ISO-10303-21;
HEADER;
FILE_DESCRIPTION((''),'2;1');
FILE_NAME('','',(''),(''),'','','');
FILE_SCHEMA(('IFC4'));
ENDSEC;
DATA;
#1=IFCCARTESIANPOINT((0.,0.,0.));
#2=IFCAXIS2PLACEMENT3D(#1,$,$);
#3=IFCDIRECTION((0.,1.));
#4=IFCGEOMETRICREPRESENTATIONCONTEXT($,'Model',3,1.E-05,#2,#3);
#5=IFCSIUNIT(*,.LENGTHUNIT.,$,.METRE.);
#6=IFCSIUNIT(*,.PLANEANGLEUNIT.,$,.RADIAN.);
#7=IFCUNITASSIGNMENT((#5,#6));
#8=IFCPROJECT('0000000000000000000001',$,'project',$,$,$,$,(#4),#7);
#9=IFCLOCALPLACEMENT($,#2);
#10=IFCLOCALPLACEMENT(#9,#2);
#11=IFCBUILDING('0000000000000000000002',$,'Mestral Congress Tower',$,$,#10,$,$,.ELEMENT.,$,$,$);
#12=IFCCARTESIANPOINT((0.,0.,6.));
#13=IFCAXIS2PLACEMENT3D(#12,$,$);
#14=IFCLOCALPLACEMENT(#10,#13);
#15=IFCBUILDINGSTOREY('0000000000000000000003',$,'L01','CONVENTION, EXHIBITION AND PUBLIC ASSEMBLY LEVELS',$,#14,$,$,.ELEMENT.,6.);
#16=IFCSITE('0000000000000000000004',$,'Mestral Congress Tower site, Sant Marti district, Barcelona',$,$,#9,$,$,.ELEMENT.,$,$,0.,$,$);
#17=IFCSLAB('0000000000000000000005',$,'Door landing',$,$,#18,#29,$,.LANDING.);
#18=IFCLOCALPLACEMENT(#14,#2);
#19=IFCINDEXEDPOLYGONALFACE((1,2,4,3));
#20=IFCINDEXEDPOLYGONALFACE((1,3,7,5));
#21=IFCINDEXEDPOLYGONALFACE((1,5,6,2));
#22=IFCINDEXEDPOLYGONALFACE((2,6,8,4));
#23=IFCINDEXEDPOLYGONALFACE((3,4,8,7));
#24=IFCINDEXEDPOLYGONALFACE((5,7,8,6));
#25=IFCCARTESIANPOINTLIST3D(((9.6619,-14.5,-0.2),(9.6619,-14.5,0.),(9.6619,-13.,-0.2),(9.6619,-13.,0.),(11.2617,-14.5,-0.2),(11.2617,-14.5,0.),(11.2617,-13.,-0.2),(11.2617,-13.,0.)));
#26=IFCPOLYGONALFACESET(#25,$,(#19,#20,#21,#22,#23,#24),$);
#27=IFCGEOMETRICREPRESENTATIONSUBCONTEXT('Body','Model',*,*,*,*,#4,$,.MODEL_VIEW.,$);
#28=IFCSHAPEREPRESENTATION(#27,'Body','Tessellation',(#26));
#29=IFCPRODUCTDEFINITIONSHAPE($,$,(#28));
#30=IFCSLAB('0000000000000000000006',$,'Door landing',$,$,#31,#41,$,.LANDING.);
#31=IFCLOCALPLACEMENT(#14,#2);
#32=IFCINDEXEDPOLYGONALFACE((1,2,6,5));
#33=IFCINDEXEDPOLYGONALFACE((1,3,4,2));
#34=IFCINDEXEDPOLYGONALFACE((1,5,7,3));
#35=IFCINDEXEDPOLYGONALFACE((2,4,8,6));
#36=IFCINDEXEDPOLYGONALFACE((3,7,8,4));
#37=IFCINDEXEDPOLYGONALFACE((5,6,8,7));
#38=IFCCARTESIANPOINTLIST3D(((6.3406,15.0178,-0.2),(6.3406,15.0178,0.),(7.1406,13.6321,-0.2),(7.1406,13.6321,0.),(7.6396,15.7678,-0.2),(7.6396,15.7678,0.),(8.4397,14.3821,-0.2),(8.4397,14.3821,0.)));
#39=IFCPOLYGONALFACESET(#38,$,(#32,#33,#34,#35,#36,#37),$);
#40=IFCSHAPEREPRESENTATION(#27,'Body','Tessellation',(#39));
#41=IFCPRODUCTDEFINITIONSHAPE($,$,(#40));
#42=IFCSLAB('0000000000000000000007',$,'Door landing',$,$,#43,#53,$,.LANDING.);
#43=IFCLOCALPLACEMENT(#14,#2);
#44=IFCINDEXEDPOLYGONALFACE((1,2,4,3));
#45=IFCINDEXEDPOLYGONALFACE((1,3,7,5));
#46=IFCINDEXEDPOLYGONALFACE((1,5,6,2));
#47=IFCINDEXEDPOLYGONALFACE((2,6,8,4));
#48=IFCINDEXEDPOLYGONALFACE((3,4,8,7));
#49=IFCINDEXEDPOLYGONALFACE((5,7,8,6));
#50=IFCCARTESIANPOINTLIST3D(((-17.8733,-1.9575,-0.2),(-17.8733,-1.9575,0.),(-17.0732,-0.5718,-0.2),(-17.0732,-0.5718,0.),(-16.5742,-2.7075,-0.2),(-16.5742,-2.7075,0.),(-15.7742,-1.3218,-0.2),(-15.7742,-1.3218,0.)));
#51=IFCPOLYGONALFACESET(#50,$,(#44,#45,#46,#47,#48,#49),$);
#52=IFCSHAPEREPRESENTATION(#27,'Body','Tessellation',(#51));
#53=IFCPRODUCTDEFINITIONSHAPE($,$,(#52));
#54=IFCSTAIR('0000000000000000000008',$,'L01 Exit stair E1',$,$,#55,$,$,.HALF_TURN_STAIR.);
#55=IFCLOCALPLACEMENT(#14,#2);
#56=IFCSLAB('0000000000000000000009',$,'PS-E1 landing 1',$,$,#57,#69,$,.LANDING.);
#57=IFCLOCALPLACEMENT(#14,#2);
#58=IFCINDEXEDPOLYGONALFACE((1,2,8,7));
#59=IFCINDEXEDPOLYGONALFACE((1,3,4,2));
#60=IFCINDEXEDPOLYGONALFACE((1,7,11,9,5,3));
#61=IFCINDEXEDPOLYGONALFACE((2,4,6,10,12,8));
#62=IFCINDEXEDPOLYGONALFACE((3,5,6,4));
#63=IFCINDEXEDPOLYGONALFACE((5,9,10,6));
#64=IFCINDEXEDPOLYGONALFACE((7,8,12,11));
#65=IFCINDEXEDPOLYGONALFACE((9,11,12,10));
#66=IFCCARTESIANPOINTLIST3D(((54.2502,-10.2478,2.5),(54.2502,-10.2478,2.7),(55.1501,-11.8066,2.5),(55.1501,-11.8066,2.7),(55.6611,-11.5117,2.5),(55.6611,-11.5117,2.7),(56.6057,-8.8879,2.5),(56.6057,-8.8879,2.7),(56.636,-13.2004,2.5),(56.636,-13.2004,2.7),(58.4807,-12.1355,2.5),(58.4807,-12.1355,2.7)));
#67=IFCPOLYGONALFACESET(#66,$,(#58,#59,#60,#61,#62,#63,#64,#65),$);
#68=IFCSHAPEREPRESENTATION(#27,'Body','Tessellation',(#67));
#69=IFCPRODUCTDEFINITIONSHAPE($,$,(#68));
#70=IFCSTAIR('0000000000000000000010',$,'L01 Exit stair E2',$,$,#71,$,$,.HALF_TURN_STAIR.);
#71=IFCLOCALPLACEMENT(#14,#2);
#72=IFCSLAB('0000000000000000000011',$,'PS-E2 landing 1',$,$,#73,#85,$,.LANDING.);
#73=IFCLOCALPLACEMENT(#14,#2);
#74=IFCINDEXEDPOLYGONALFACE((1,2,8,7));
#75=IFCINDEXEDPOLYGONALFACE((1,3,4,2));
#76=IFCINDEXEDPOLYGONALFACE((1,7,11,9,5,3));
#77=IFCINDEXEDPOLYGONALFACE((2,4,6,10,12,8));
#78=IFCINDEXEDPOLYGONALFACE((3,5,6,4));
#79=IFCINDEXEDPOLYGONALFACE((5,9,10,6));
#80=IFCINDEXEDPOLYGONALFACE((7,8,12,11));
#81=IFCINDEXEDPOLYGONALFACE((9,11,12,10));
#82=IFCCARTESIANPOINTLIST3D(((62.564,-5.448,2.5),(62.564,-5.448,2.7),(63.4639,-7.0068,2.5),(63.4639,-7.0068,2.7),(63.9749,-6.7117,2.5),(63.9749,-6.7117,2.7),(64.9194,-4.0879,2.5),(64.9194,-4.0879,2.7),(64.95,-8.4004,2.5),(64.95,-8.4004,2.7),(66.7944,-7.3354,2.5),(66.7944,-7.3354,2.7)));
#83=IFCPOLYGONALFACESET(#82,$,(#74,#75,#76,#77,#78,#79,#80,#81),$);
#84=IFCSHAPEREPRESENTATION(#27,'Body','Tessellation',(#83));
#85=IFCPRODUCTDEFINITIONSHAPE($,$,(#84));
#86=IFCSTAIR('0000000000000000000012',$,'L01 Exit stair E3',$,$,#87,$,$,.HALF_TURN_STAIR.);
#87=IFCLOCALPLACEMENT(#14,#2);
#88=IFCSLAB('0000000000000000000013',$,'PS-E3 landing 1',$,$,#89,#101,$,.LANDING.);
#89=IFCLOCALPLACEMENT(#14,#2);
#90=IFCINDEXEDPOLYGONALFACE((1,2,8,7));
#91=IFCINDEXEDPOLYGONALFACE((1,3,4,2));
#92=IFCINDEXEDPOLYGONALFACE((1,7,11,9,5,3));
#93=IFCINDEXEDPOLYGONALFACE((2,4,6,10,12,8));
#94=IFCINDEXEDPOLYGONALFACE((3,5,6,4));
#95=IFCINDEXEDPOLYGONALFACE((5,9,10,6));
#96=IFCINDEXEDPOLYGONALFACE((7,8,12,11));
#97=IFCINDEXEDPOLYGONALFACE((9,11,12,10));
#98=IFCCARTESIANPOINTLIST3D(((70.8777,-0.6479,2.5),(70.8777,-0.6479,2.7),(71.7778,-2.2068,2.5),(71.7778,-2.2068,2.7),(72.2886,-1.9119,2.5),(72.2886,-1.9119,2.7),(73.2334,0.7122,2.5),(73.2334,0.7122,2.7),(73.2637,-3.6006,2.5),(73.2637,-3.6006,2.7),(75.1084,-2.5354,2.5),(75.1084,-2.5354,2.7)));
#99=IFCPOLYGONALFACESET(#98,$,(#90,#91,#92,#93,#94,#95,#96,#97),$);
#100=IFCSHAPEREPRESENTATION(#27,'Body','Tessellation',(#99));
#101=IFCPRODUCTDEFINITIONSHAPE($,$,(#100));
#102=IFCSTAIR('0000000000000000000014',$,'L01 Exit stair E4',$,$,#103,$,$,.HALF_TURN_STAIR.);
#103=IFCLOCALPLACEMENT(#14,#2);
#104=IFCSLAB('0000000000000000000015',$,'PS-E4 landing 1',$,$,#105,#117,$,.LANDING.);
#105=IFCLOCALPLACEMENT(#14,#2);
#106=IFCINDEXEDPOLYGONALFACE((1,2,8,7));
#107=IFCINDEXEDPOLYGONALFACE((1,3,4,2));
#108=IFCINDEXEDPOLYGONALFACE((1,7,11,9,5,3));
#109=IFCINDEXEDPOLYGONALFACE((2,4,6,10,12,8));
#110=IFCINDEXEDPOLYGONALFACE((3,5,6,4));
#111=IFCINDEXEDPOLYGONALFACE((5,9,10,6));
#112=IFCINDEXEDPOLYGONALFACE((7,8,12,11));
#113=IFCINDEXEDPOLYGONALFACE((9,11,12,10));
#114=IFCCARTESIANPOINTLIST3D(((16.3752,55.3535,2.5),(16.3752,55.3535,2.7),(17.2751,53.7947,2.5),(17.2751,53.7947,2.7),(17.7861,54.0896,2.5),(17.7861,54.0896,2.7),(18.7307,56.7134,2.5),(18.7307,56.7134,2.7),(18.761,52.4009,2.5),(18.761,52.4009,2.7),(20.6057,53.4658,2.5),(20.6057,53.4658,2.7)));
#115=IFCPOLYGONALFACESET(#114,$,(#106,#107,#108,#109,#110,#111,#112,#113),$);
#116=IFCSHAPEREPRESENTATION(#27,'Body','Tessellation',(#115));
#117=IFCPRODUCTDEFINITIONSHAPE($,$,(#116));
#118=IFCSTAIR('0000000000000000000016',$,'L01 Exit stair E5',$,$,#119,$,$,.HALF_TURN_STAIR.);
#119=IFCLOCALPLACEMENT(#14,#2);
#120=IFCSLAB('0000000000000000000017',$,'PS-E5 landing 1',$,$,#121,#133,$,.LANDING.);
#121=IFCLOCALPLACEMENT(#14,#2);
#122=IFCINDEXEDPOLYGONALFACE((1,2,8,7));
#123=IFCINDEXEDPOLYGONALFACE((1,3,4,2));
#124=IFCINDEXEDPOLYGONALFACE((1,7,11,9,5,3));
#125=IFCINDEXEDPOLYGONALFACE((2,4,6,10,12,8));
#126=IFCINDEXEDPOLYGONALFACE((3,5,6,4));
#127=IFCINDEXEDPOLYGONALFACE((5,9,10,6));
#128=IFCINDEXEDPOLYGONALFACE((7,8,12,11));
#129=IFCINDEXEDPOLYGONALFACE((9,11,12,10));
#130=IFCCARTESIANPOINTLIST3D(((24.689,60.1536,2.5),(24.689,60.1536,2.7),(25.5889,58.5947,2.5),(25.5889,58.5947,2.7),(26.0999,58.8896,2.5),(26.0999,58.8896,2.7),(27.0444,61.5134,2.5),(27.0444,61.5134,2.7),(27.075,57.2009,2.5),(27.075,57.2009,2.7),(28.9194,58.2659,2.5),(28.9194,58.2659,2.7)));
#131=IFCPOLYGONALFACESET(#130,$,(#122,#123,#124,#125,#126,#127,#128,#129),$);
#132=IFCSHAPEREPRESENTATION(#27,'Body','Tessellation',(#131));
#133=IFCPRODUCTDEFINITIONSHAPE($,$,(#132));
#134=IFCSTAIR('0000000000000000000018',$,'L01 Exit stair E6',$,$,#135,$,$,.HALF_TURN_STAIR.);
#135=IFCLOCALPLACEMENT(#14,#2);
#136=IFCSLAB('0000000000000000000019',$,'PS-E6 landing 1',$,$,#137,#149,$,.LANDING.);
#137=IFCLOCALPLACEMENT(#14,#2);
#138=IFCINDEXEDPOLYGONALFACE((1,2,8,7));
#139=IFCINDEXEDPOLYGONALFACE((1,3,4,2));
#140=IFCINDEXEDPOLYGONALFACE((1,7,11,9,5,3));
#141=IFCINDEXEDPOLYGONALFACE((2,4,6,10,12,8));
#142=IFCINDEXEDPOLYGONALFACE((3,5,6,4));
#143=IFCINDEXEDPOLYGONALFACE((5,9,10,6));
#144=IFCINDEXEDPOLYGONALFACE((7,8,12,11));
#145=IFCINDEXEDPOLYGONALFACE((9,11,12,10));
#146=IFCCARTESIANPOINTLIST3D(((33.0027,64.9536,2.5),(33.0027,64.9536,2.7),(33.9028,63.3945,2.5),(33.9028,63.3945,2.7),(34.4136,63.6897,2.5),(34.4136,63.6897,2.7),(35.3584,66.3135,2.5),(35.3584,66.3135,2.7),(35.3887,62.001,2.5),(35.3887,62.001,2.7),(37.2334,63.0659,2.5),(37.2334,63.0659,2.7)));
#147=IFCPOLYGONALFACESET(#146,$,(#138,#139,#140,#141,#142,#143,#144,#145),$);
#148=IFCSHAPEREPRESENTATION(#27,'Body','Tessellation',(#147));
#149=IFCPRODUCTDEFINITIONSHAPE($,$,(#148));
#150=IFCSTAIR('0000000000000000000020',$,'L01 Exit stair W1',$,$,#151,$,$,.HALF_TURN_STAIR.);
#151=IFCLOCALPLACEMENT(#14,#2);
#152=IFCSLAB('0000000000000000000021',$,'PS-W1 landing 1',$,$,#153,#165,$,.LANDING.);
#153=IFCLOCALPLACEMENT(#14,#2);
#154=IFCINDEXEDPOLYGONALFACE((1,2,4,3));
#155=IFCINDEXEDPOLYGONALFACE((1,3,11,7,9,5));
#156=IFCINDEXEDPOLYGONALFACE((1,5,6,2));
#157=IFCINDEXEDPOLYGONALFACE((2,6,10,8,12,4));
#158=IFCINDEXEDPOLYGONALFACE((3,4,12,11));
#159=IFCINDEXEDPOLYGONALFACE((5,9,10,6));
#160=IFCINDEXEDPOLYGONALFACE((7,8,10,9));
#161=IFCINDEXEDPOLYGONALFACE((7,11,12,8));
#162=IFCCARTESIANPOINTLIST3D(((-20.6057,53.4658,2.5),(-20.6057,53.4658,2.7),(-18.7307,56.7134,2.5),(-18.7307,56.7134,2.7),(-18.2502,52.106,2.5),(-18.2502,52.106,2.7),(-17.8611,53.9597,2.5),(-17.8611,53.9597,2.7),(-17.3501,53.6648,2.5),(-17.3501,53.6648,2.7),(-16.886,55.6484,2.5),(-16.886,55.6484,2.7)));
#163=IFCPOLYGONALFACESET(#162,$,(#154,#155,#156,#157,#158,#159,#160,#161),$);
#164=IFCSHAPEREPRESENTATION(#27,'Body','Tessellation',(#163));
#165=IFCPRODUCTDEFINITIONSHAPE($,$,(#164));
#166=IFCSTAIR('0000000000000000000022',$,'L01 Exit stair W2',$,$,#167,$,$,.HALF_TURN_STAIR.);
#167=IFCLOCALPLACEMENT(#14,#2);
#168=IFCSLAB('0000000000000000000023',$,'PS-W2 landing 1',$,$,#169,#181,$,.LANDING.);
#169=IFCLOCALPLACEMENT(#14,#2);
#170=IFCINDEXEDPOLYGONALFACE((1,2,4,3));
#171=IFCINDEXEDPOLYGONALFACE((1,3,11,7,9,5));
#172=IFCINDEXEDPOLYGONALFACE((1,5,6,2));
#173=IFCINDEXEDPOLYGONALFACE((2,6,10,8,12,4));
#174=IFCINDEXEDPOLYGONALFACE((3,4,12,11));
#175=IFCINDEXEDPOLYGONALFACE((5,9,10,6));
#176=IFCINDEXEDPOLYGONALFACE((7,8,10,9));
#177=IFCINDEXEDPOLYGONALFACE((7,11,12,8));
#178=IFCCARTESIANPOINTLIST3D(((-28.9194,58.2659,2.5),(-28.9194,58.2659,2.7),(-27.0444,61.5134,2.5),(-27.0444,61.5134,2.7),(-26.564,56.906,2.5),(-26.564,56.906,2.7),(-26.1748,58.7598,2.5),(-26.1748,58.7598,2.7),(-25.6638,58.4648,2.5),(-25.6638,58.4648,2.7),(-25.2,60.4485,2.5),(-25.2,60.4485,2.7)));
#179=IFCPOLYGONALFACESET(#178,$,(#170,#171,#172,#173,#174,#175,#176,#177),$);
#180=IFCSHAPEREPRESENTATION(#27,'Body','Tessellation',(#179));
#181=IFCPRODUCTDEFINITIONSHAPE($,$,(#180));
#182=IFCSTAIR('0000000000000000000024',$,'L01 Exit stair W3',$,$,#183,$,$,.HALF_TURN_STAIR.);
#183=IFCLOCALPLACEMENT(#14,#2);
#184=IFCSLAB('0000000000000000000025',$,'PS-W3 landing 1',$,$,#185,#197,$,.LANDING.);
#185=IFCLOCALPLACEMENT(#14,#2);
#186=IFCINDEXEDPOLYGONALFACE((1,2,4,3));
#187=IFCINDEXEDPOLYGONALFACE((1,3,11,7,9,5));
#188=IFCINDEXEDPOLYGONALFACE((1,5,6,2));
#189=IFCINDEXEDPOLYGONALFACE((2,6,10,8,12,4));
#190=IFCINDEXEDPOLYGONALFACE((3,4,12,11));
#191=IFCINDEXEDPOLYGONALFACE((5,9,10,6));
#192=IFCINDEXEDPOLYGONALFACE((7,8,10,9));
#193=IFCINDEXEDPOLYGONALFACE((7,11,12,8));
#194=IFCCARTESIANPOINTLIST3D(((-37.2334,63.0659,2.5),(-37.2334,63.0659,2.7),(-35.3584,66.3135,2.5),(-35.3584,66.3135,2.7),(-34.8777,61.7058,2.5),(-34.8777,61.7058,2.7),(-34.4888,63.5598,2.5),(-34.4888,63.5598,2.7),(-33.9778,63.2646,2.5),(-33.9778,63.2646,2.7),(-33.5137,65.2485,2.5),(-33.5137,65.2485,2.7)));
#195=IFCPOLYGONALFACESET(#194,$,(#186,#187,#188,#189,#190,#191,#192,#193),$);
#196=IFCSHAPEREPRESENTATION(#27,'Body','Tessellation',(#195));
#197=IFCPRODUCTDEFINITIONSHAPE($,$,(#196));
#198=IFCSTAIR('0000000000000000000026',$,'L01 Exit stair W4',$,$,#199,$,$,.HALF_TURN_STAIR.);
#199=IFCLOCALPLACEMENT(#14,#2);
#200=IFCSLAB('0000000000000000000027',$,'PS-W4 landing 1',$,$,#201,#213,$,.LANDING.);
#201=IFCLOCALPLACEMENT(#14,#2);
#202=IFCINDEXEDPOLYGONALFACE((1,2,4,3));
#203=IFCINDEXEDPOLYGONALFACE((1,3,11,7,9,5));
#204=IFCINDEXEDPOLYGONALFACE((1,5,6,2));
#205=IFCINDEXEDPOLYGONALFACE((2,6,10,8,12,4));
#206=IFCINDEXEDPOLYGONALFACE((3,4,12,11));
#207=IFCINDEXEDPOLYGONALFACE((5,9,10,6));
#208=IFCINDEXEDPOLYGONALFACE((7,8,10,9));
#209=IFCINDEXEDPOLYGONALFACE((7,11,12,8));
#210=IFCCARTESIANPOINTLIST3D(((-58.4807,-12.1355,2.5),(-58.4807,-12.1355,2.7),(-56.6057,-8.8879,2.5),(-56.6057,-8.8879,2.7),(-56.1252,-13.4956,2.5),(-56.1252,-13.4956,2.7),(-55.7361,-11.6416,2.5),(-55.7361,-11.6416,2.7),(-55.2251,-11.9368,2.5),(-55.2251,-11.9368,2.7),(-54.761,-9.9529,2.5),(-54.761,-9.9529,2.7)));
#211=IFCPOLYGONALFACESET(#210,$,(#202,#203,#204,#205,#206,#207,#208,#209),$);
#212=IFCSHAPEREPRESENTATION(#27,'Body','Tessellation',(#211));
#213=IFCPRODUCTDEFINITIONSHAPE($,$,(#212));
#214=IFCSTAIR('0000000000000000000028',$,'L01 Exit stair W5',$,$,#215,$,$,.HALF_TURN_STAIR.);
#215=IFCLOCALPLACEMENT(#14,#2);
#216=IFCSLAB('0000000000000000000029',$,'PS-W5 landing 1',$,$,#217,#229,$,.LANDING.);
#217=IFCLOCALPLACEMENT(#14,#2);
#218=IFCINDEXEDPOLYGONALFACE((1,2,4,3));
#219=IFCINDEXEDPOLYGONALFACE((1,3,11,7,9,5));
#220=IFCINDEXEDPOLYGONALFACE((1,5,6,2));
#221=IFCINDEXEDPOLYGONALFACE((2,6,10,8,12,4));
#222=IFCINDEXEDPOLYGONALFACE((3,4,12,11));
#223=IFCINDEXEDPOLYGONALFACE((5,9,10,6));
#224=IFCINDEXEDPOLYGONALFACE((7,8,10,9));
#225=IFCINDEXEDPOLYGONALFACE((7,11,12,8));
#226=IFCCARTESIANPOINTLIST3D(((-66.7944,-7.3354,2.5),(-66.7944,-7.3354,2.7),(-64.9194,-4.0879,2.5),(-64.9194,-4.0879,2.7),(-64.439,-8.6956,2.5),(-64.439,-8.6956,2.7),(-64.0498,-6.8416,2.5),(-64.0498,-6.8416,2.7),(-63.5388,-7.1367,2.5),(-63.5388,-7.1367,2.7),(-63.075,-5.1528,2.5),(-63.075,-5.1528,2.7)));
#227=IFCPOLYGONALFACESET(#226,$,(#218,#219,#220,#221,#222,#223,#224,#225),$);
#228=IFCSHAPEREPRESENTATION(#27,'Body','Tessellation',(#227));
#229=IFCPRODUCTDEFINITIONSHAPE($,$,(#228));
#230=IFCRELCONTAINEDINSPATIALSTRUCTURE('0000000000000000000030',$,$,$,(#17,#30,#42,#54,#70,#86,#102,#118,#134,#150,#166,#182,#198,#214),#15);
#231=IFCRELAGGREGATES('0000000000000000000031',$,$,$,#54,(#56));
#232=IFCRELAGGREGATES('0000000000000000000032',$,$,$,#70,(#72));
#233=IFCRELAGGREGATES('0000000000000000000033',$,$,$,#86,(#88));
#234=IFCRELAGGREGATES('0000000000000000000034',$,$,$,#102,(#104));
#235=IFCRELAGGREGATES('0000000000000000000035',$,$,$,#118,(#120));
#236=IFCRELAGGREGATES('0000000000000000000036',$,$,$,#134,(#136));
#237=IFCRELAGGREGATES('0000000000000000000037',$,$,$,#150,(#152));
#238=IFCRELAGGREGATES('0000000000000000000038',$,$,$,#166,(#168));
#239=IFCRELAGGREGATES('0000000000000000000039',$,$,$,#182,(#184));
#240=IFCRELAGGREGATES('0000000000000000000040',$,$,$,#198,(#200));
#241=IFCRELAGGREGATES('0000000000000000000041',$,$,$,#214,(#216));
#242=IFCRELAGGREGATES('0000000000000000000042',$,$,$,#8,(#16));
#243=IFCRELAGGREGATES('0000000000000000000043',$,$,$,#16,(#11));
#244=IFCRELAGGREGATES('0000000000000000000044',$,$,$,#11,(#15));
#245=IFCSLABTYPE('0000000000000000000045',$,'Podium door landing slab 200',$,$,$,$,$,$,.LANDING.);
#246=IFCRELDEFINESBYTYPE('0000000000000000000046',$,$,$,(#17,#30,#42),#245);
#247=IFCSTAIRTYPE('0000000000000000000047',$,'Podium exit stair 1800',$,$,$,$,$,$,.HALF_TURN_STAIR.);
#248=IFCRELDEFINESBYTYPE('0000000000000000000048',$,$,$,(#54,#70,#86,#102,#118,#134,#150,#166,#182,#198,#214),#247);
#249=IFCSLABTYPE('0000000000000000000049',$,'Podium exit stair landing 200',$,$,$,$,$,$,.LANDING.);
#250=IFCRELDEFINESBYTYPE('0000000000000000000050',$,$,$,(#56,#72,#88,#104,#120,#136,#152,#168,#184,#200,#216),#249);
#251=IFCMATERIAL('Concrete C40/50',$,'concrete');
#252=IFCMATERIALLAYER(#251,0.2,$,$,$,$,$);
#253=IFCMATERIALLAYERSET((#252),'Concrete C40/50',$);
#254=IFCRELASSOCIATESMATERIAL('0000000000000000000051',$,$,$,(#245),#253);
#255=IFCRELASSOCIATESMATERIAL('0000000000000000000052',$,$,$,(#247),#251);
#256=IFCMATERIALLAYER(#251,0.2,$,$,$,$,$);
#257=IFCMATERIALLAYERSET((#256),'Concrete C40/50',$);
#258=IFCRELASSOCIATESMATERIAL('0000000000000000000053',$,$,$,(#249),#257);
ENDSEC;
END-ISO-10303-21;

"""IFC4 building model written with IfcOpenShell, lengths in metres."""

from ifc_helpers import new_model, si_unit, direction, frame, origin, place, context, subcontext, project, spatial, polyline, outline, extrude, material, layer, layer_set, type_object, element, aggregate, save


model = new_model("IFC4")

# Units and contexts
model_context = context("Model", 3, precision=1e-05, world=origin(), true_north=direction((0.0, 1.0)))
body_context = subcontext(model_context, "Body", "Model", "MODEL_VIEW")
ifc_project = project(units=[si_unit("LENGTHUNIT", "METRE"), si_unit("PLANEANGLEUNIT", "RADIAN")], contexts=[model_context])

# Site, building, storey
site_placement = place(None, origin())
site = spatial("IfcSite", under=ifc_project, at=site_placement, Name="Mestral Congress Tower site, Sant Marti district, Barcelona", CompositionType="ELEMENT", RefElevation=0.0)
building_placement = place(site_placement, origin())
building = spatial("IfcBuilding", under=site, at=building_placement, Name="Mestral Congress Tower", CompositionType="ELEMENT")
storey_placement = place(building_placement, frame((0.0, 0.0, 6.0)))
storey = spatial("IfcBuildingStorey", under=building, at=storey_placement, Name="L01", Description="CONVENTION, EXHIBITION AND PUBLIC ASSEMBLY LEVELS", CompositionType="ELEMENT", Elevation=6.0)

# Slabs
ifc_material_1 = material(Name="Concrete C40/50", Category="concrete")
ifc_layer_1 = layer(ifc_material_1, 0.2)
ifc_layer_set_1 = layer_set([ifc_layer_1], Name="Concrete C40/50")
slab_type_1 = type_object("IfcSlabType", Name="Podium door landing slab 200", PredefinedType="LANDING", material=ifc_layer_set_1)
placement_1 = place(storey_placement, frame((0.0, 0.0, -0.2)))
element("IfcSlab", 1, at=placement_1, inside=storey, type_object=slab_type_1, Name="Door landing", PredefinedType="LANDING", context=body_context, shape_type="SweptSolid", body=[
    extrude(outline(polyline([(9.6619, -13.0), (9.6619, -14.5), (11.2617, -14.5), (11.2617, -13.0), (9.6619, -13.0)])), origin(), (0.0, 0.0, 1.0), 0.2),
])
element("IfcSlab", 2, at=placement_1, inside=storey, type_object=slab_type_1, Name="Door landing", PredefinedType="LANDING", context=body_context, shape_type="SweptSolid", body=[
    extrude(outline(polyline([(7.1406, 13.6321), (8.4397, 14.3821), (7.6396, 15.7678), (6.3406, 15.0178), (7.1406, 13.6321)])), origin(), (0.0, 0.0, 1.0), 0.2),
])
element("IfcSlab", 3, at=placement_1, inside=storey, type_object=slab_type_1, Name="Door landing", PredefinedType="LANDING", context=body_context, shape_type="SweptSolid", body=[
    extrude(outline(polyline([(-15.7742, -1.3218), (-17.0732, -0.5718), (-17.8733, -1.9575), (-16.5742, -2.7075), (-15.7742, -1.3218)])), origin(), (0.0, 0.0, 1.0), 0.2),
])

# Stairs, slabs
stair_type = type_object("IfcStairType", Name="Podium exit stair 1800", PredefinedType="HALF_TURN_STAIR", material=ifc_material_1)
placement_2 = place(storey_placement, origin())
stair_1 = element("IfcStair", 4, at=placement_2, inside=storey, type_object=stair_type, Name="L01 Exit stair E1", PredefinedType="HALF_TURN_STAIR")
ifc_layer_2 = layer(ifc_material_1, 0.2)
ifc_layer_set_2 = layer_set([ifc_layer_2], Name="Concrete C40/50")
slab_type_2 = type_object("IfcSlabType", Name="Podium exit stair landing 200", PredefinedType="LANDING", material=ifc_layer_set_2)
placement_3 = place(storey_placement, frame((0.0, 0.0, 2.5)))
slab_1 = element("IfcSlab", 5, at=placement_3, type_object=slab_type_2, Name="PS-E1 landing 1", PredefinedType="LANDING", context=body_context, shape_type="SweptSolid", body=[
    extrude(outline(polyline([(56.636, -13.2004), (55.6611, -11.5117), (55.1501, -11.8066), (54.2502, -10.2478), (56.6057, -8.8879), (58.4807, -12.1355), (56.636, -13.2004)])), origin(), (0.0, 0.0, 1.0), 0.2),
])
aggregate(stair_1, [slab_1])
stair_2 = element("IfcStair", 6, at=placement_2, inside=storey, type_object=stair_type, Name="L01 Exit stair E2", PredefinedType="HALF_TURN_STAIR")
slab_2 = element("IfcSlab", 7, at=placement_3, type_object=slab_type_2, Name="PS-E2 landing 1", PredefinedType="LANDING", context=body_context, shape_type="SweptSolid", body=[
    extrude(outline(polyline([(64.95, -8.4004), (63.9749, -6.7117), (63.4639, -7.0068), (62.564, -5.448), (64.9194, -4.0879), (66.7944, -7.3354), (64.95, -8.4004)])), origin(), (0.0, 0.0, 1.0), 0.2),
])
aggregate(stair_2, [slab_2])
stair_3 = element("IfcStair", 8, at=placement_2, inside=storey, type_object=stair_type, Name="L01 Exit stair E3", PredefinedType="HALF_TURN_STAIR")
slab_3 = element("IfcSlab", 9, at=placement_3, type_object=slab_type_2, Name="PS-E3 landing 1", PredefinedType="LANDING", context=body_context, shape_type="SweptSolid", body=[
    extrude(outline(polyline([(73.2637, -3.6006), (72.2886, -1.9119), (71.7778, -2.2068), (70.8777, -0.6479), (73.2334, 0.7122), (75.1084, -2.5354), (73.2637, -3.6006)])), origin(), (0.0, 0.0, 1.0), 0.2),
])
aggregate(stair_3, [slab_3])
stair_4 = element("IfcStair", 10, at=placement_2, inside=storey, type_object=stair_type, Name="L01 Exit stair E4", PredefinedType="HALF_TURN_STAIR")
slab_4 = element("IfcSlab", 11, at=placement_3, type_object=slab_type_2, Name="PS-E4 landing 1", PredefinedType="LANDING", context=body_context, shape_type="SweptSolid", body=[
    extrude(outline(polyline([(18.761, 52.4009), (17.7861, 54.0896), (17.2751, 53.7947), (16.3752, 55.3535), (18.7307, 56.7134), (20.6057, 53.4658), (18.761, 52.4009)])), origin(), (0.0, 0.0, 1.0), 0.2),
])
aggregate(stair_4, [slab_4])
stair_5 = element("IfcStair", 12, at=placement_2, inside=storey, type_object=stair_type, Name="L01 Exit stair E5", PredefinedType="HALF_TURN_STAIR")
slab_5 = element("IfcSlab", 13, at=placement_3, type_object=slab_type_2, Name="PS-E5 landing 1", PredefinedType="LANDING", context=body_context, shape_type="SweptSolid", body=[
    extrude(outline(polyline([(27.075, 57.2009), (26.0999, 58.8896), (25.5889, 58.5947), (24.689, 60.1536), (27.0444, 61.5134), (28.9194, 58.2659), (27.075, 57.2009)])), origin(), (0.0, 0.0, 1.0), 0.2),
])
aggregate(stair_5, [slab_5])
stair_6 = element("IfcStair", 14, at=placement_2, inside=storey, type_object=stair_type, Name="L01 Exit stair E6", PredefinedType="HALF_TURN_STAIR")
slab_6 = element("IfcSlab", 15, at=placement_3, type_object=slab_type_2, Name="PS-E6 landing 1", PredefinedType="LANDING", context=body_context, shape_type="SweptSolid", body=[
    extrude(outline(polyline([(35.3887, 62.001), (34.4136, 63.6897), (33.9028, 63.3945), (33.0027, 64.9536), (35.3584, 66.3135), (37.2334, 63.0659), (35.3887, 62.001)])), origin(), (0.0, 0.0, 1.0), 0.2),
])
aggregate(stair_6, [slab_6])
stair_7 = element("IfcStair", 16, at=placement_2, inside=storey, type_object=stair_type, Name="L01 Exit stair W1", PredefinedType="HALF_TURN_STAIR")
slab_7 = element("IfcSlab", 17, at=placement_3, type_object=slab_type_2, Name="PS-W1 landing 1", PredefinedType="LANDING", context=body_context, shape_type="SweptSolid", body=[
    extrude(outline(polyline([(-17.3501, 53.6648), (-18.2502, 52.106), (-20.6057, 53.4658), (-18.7307, 56.7134), (-16.886, 55.6484), (-17.8611, 53.9597), (-17.3501, 53.6648)])), origin(), (0.0, 0.0, 1.0), 0.2),
])
aggregate(stair_7, [slab_7])
stair_8 = element("IfcStair", 18, at=placement_2, inside=storey, type_object=stair_type, Name="L01 Exit stair W2", PredefinedType="HALF_TURN_STAIR")
slab_8 = element("IfcSlab", 19, at=placement_3, type_object=slab_type_2, Name="PS-W2 landing 1", PredefinedType="LANDING", context=body_context, shape_type="SweptSolid", body=[
    extrude(outline(polyline([(-25.6638, 58.4648), (-26.564, 56.906), (-28.9194, 58.2659), (-27.0444, 61.5134), (-25.2, 60.4485), (-26.1748, 58.7598), (-25.6638, 58.4648)])), origin(), (0.0, 0.0, 1.0), 0.2),
])
aggregate(stair_8, [slab_8])
stair_9 = element("IfcStair", 20, at=placement_2, inside=storey, type_object=stair_type, Name="L01 Exit stair W3", PredefinedType="HALF_TURN_STAIR")
slab_9 = element("IfcSlab", 21, at=placement_3, type_object=slab_type_2, Name="PS-W3 landing 1", PredefinedType="LANDING", context=body_context, shape_type="SweptSolid", body=[
    extrude(outline(polyline([(-33.9778, 63.2646), (-34.8777, 61.7058), (-37.2334, 63.0659), (-35.3584, 66.3135), (-33.5137, 65.2485), (-34.4888, 63.5598), (-33.9778, 63.2646)])), origin(), (0.0, 0.0, 1.0), 0.2),
])
aggregate(stair_9, [slab_9])
stair_10 = element("IfcStair", 22, at=placement_2, inside=storey, type_object=stair_type, Name="L01 Exit stair W4", PredefinedType="HALF_TURN_STAIR")
slab_10 = element("IfcSlab", 23, at=placement_3, type_object=slab_type_2, Name="PS-W4 landing 1", PredefinedType="LANDING", context=body_context, shape_type="SweptSolid", body=[
    extrude(outline(polyline([(-55.2251, -11.9368), (-56.1252, -13.4956), (-58.4807, -12.1355), (-56.6057, -8.8879), (-54.761, -9.9529), (-55.7361, -11.6416), (-55.2251, -11.9368)])), origin(), (0.0, 0.0, 1.0), 0.2),
])
aggregate(stair_10, [slab_10])
stair_11 = element("IfcStair", 24, at=placement_2, inside=storey, type_object=stair_type, Name="L01 Exit stair W5", PredefinedType="HALF_TURN_STAIR")
slab_11 = element("IfcSlab", 25, at=placement_3, type_object=slab_type_2, Name="PS-W5 landing 1", PredefinedType="LANDING", context=body_context, shape_type="SweptSolid", body=[
    extrude(outline(polyline([(-63.5388, -7.1367), (-64.439, -8.6956), (-66.7944, -7.3354), (-64.9194, -4.0879), (-63.075, -5.1528), (-64.0498, -6.8416), (-63.5388, -7.1367)])), origin(), (0.0, 0.0, 1.0), 0.2),
])
aggregate(stair_11, [slab_11])

save(model, "model.ifc")
